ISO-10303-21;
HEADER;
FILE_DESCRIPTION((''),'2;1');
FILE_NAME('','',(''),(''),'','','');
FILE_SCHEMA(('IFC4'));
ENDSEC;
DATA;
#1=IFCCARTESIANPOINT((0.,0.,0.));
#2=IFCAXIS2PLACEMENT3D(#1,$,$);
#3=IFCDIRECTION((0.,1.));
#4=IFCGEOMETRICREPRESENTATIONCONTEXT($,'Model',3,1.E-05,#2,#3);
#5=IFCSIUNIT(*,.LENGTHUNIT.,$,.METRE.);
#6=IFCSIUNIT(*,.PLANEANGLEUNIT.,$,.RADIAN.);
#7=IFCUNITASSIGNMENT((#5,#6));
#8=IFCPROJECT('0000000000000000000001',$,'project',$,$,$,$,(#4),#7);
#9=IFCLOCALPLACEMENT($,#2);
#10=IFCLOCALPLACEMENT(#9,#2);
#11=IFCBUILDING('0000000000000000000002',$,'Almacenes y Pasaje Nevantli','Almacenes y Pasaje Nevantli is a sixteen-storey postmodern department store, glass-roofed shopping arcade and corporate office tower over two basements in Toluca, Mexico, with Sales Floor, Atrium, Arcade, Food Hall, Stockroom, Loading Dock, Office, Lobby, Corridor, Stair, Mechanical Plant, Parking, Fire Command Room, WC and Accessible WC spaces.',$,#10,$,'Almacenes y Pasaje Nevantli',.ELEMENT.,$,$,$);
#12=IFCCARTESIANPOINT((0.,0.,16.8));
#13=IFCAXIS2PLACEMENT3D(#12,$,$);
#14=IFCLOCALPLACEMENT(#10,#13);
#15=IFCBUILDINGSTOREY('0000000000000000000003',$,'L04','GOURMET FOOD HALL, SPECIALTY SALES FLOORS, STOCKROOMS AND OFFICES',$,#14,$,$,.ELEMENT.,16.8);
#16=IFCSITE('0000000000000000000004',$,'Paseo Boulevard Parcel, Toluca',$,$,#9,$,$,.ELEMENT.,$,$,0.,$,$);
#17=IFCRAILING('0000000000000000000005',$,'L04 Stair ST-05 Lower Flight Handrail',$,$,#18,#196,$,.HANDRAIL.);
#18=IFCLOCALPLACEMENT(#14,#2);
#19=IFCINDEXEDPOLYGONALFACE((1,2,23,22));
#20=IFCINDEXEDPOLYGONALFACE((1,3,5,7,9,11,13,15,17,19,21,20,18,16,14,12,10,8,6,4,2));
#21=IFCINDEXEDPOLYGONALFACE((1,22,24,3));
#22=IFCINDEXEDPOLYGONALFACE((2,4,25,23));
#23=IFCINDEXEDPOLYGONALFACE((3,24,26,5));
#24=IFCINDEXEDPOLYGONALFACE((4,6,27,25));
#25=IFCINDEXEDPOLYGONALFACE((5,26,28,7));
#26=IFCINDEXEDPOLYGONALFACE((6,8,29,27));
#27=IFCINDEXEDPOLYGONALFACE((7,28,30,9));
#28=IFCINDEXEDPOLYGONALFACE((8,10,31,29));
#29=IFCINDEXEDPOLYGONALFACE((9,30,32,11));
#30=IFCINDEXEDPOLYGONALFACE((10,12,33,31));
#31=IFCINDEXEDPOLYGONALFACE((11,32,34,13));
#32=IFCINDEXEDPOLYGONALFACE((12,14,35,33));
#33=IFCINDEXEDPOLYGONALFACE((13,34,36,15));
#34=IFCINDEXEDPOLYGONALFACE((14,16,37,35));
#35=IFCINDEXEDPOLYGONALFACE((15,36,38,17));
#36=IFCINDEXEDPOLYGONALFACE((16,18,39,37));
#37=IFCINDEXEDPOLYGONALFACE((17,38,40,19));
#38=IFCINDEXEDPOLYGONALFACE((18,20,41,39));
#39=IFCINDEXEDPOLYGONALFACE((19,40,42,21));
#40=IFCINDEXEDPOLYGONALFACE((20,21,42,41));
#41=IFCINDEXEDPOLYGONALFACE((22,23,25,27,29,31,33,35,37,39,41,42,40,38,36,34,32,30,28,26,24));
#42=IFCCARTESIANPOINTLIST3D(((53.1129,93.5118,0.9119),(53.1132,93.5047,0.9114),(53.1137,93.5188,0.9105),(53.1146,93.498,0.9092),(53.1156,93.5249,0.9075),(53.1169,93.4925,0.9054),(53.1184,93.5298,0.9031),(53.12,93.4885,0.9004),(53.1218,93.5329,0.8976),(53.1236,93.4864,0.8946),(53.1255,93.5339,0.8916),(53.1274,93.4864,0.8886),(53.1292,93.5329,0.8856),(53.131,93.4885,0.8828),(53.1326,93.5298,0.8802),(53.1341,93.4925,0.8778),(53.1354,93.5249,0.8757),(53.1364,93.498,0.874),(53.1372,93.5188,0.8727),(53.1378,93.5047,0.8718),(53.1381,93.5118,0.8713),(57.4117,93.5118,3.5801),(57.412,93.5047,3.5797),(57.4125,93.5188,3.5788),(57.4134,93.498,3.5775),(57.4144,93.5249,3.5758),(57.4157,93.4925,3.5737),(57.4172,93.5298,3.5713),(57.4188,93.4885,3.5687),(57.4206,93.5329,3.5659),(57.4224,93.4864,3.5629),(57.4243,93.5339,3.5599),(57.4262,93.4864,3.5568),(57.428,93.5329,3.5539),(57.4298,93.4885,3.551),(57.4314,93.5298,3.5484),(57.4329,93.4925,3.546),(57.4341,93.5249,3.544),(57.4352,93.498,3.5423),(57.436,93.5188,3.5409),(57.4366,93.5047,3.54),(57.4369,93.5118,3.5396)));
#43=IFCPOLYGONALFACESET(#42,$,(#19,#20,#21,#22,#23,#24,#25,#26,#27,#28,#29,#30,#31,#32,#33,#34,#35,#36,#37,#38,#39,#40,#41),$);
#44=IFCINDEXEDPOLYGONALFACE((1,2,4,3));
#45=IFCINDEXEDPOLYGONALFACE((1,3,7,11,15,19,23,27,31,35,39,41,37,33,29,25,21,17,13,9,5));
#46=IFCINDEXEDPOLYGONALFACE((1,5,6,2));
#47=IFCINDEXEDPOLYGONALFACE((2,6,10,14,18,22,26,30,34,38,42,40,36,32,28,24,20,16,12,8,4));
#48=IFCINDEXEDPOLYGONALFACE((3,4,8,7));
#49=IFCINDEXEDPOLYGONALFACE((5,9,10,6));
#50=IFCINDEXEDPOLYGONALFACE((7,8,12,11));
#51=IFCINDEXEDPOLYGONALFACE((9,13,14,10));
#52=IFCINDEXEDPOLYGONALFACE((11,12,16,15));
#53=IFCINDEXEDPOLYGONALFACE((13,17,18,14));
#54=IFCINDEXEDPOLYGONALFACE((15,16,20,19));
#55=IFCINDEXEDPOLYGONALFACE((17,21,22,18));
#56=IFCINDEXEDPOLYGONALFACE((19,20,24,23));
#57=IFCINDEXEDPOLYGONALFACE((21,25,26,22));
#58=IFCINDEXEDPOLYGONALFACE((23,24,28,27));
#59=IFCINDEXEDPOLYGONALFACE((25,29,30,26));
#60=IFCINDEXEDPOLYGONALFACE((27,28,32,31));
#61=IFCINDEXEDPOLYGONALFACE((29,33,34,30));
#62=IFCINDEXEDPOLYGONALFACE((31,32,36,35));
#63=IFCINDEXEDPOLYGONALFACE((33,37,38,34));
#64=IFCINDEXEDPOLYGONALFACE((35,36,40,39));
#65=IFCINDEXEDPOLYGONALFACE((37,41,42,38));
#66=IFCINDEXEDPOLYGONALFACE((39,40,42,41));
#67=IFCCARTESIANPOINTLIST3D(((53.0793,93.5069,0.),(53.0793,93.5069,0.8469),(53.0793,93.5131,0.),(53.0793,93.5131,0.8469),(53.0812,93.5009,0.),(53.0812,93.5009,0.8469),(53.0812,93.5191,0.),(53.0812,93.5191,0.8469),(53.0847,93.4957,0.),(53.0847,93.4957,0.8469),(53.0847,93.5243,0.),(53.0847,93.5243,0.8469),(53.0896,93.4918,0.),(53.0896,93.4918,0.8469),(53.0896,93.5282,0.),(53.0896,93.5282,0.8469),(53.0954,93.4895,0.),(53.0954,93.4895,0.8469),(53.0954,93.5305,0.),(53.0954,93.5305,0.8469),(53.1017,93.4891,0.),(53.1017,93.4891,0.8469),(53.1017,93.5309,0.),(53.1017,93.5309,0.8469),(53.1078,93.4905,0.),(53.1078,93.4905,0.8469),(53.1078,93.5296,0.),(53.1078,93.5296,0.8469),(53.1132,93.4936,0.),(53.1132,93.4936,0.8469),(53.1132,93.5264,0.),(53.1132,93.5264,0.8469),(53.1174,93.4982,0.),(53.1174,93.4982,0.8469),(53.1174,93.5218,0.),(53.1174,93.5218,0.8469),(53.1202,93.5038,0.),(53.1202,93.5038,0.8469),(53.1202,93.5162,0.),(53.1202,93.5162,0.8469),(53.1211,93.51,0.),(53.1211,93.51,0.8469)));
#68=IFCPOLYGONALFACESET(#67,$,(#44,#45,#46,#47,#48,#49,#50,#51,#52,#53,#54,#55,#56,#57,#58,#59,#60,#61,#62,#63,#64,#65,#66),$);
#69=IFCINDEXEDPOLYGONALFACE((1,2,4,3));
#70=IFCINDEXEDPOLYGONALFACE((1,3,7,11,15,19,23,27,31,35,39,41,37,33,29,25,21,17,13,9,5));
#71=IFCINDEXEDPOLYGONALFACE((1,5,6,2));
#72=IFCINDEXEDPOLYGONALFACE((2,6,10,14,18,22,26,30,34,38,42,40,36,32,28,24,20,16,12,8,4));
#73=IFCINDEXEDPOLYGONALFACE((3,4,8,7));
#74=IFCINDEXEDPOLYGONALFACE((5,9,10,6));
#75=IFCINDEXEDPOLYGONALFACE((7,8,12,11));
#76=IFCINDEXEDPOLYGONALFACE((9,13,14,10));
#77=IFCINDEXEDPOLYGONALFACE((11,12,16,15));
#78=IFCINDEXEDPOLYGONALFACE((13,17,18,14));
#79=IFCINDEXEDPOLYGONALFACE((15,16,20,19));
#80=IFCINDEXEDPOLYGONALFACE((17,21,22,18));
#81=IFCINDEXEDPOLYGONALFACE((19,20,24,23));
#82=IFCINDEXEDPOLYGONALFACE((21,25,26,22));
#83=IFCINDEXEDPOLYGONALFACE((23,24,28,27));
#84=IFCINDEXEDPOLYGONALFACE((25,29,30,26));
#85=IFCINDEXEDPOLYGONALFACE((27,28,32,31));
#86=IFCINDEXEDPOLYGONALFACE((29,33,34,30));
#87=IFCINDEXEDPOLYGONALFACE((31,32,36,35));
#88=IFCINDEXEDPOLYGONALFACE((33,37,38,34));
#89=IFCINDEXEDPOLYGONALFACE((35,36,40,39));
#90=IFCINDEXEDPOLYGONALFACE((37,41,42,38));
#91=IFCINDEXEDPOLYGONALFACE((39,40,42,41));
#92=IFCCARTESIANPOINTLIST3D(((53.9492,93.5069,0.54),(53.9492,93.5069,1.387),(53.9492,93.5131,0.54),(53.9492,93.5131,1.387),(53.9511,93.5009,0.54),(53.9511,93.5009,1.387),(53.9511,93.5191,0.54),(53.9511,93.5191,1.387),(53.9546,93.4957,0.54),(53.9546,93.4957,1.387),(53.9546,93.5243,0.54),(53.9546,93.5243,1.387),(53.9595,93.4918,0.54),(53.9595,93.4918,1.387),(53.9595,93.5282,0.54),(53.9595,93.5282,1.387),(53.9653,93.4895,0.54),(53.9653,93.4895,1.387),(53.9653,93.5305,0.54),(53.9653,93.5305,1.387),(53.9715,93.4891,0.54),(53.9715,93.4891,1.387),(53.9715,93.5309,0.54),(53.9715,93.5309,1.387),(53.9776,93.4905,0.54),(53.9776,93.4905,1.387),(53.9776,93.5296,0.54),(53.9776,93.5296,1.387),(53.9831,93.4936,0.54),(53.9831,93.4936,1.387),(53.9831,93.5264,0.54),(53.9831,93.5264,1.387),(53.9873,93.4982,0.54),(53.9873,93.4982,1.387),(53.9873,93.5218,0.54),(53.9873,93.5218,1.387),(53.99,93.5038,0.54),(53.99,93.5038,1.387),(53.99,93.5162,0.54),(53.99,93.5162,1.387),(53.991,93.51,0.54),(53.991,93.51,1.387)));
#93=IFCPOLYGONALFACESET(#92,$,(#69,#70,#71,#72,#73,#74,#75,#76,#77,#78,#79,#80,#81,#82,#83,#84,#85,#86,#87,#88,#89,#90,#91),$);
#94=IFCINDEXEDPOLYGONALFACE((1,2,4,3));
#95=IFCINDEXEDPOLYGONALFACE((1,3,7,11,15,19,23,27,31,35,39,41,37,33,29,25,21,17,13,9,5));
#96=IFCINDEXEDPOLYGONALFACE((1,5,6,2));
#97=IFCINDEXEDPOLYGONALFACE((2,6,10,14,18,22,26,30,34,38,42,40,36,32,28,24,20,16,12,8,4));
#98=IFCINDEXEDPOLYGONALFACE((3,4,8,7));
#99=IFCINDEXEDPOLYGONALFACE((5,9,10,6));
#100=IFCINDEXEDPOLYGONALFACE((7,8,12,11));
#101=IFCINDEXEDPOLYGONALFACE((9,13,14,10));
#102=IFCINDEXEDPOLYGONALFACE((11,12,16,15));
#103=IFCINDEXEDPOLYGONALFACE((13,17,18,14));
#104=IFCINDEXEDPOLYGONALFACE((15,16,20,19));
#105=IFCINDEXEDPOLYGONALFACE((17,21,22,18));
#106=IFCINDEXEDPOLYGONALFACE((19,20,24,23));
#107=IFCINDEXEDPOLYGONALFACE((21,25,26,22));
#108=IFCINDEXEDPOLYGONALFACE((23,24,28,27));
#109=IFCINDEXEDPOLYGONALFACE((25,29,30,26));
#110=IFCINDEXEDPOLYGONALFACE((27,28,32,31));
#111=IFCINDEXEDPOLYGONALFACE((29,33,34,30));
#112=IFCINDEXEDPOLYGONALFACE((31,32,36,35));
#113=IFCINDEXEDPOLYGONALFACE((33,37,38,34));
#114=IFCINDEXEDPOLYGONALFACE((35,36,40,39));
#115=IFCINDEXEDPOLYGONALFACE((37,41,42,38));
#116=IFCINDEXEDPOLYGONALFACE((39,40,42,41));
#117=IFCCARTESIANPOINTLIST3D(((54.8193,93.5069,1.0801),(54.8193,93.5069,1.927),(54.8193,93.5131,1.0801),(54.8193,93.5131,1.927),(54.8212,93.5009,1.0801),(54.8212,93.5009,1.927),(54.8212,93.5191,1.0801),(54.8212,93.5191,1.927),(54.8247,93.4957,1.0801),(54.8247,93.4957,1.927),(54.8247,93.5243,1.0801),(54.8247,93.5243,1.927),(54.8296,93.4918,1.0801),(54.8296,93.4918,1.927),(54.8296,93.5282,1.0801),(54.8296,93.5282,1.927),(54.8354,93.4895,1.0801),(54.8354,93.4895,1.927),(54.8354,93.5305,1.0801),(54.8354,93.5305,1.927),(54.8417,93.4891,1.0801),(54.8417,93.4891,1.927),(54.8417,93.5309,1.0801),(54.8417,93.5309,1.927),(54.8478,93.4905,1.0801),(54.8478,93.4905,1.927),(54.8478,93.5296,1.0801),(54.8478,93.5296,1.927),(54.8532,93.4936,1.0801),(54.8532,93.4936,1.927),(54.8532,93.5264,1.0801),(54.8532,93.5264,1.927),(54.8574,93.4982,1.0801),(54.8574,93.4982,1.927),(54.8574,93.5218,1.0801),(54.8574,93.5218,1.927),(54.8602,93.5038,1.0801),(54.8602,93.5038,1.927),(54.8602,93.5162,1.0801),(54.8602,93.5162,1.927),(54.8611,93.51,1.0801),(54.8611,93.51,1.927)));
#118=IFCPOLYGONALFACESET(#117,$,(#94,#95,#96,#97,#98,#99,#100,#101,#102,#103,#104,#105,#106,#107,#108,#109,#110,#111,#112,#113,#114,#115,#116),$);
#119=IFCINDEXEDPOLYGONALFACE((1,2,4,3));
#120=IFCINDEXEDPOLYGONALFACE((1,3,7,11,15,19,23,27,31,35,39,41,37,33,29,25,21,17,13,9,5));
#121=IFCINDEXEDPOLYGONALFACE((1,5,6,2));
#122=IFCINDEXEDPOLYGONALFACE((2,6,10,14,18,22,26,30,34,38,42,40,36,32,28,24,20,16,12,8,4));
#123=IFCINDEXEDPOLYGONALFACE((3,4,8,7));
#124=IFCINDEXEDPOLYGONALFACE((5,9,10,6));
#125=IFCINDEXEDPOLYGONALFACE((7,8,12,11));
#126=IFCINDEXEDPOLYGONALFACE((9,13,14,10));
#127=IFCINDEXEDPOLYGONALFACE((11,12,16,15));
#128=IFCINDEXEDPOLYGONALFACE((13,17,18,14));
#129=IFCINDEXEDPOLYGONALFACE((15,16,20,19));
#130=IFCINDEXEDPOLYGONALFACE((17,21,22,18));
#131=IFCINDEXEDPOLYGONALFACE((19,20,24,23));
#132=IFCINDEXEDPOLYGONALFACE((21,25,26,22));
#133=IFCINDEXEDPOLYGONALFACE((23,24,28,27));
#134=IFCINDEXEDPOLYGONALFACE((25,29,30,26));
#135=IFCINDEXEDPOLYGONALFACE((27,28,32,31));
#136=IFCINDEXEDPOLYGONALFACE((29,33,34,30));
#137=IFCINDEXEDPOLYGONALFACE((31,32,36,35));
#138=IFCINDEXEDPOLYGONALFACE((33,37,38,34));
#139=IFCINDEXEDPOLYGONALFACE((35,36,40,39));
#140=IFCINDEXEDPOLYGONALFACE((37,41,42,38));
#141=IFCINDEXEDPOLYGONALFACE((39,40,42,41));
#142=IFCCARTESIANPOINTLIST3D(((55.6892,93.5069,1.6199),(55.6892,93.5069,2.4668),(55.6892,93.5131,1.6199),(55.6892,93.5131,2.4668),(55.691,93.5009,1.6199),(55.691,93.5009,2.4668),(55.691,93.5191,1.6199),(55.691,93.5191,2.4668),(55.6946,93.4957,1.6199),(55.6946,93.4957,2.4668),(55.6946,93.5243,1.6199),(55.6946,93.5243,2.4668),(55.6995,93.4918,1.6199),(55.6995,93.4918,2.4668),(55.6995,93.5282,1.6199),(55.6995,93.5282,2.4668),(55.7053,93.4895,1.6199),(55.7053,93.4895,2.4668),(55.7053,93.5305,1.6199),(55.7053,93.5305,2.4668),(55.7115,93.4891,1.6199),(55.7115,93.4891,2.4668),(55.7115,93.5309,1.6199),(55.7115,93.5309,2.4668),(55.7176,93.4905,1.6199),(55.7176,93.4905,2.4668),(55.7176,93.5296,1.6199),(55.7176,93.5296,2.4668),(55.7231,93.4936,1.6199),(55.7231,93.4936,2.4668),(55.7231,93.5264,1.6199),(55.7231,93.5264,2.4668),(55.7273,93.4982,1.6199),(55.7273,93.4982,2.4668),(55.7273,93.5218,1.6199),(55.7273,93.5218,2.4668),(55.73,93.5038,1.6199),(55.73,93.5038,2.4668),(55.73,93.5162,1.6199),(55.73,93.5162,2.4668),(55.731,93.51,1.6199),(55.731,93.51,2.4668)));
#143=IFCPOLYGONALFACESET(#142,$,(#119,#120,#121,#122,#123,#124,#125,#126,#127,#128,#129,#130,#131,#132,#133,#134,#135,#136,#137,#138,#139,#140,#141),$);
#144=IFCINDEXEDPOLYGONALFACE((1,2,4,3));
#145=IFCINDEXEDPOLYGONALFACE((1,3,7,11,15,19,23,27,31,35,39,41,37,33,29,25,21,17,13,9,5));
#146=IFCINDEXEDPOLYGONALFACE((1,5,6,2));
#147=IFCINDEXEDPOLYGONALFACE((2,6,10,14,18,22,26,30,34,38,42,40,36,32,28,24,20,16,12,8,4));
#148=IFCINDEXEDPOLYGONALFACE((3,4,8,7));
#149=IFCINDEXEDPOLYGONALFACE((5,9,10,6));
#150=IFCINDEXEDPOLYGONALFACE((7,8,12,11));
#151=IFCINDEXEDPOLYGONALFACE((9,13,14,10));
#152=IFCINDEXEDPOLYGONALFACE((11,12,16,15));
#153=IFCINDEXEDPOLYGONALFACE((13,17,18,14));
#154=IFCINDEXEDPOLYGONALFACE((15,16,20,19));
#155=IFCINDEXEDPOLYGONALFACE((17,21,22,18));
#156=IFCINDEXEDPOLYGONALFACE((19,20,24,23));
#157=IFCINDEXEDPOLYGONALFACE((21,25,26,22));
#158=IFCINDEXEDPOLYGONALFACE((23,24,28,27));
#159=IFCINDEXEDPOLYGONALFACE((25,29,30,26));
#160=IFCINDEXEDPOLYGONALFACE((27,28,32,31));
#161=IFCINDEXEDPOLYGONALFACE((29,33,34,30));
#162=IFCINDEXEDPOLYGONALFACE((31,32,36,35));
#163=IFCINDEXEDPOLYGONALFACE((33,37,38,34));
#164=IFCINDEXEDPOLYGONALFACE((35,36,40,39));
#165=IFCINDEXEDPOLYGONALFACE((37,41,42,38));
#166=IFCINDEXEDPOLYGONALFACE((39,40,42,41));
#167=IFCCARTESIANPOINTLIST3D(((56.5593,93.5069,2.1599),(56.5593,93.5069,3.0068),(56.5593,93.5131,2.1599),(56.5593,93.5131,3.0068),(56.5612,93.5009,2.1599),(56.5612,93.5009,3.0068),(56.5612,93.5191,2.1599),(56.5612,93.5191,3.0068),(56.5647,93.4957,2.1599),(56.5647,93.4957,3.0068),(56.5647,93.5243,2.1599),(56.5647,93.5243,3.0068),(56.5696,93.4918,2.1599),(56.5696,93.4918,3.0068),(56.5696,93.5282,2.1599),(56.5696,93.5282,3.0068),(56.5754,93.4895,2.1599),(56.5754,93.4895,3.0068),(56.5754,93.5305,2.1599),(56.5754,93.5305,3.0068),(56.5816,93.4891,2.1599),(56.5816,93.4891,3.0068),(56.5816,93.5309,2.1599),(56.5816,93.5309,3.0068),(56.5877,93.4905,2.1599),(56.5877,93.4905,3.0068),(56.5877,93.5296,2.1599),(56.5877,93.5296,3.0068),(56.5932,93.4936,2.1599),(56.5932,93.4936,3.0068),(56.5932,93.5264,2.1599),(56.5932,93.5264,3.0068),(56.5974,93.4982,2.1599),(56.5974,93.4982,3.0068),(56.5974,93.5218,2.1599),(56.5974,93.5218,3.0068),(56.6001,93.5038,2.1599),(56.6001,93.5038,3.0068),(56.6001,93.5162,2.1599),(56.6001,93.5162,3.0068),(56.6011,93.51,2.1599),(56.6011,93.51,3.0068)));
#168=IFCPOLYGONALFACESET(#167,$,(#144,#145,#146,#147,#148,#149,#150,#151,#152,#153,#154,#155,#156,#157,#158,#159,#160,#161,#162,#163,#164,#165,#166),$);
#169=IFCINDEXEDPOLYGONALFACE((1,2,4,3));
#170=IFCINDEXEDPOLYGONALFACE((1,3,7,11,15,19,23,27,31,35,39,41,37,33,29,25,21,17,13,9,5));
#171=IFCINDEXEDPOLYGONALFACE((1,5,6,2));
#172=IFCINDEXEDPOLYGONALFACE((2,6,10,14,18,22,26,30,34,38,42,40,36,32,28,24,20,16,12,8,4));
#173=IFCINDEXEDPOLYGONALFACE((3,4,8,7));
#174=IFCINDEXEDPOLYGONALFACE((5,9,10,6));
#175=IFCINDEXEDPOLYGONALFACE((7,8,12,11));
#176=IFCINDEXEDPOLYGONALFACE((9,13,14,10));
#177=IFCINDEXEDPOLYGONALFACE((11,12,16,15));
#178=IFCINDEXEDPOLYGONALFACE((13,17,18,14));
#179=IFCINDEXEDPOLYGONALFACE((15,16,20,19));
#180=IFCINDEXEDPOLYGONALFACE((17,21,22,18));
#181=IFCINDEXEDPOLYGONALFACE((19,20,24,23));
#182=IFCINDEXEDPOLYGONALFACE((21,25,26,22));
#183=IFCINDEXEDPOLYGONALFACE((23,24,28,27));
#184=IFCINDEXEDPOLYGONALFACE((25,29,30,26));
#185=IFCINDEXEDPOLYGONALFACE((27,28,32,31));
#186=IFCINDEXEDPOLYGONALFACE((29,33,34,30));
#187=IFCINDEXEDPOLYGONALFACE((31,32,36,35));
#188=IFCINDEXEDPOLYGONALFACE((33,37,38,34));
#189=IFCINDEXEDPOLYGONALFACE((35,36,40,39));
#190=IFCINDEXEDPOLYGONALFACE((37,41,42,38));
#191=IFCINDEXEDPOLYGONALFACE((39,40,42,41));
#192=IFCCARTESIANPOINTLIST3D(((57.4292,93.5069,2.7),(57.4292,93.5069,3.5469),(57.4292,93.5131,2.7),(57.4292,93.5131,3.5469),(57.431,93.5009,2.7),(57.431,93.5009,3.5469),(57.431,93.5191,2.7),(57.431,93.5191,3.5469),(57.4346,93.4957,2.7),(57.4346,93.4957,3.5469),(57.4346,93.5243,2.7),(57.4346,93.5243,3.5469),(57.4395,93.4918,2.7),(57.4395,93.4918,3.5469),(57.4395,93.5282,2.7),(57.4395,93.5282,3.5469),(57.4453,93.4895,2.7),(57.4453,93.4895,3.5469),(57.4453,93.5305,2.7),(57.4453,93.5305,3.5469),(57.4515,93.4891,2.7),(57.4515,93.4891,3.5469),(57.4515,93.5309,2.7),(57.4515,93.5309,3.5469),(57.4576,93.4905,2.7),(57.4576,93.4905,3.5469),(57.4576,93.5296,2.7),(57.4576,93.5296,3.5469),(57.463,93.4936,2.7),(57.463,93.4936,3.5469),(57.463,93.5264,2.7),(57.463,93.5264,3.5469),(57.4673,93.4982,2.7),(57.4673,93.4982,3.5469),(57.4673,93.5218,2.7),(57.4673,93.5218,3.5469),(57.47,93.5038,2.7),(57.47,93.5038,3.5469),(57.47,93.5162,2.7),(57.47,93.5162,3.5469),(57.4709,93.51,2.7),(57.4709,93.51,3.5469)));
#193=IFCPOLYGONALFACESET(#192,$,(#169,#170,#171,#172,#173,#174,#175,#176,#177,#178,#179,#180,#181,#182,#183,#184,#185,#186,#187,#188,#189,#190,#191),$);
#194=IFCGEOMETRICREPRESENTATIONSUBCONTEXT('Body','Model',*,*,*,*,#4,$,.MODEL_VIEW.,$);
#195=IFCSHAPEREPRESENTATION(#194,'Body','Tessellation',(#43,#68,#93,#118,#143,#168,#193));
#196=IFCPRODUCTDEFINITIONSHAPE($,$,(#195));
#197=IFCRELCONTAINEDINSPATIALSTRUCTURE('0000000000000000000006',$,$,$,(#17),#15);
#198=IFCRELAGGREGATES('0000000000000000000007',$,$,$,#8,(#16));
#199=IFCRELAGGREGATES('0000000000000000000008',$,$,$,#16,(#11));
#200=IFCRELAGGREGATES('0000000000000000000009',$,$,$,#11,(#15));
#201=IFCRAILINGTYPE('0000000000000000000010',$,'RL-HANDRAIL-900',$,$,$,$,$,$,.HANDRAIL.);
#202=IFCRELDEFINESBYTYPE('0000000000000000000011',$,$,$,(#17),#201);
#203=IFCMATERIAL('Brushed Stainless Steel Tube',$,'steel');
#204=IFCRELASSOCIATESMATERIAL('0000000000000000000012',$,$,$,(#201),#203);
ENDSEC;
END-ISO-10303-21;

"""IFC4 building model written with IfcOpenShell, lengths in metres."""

from ifc_helpers import new_model, si_unit, direction, frame, origin, origin_2d, place, context, subcontext, project, spatial, circle, extrude, material, type_object, element, save


model = new_model("IFC4")

# Units and contexts
model_context = context("Model", 3, precision=1e-05, world=origin(), true_north=direction((0.0, 1.0)))
body_context = subcontext(model_context, "Body", "Model", "MODEL_VIEW")
ifc_project = project(units=[si_unit("LENGTHUNIT", "METRE"), si_unit("PLANEANGLEUNIT", "RADIAN")], contexts=[model_context])

# Site, building, storey
site_placement = place(None, origin())
site = spatial("IfcSite", under=ifc_project, at=site_placement, Name="Paseo Boulevard Parcel, Toluca", CompositionType="ELEMENT", RefElevation=0.0)
building_placement = place(site_placement, origin())
building = spatial("IfcBuilding", under=site, at=building_placement, Name="Almacenes y Pasaje Nevantli", Description="Almacenes y Pasaje Nevantli is a sixteen-storey postmodern department store, glass-roofed shopping arcade and corporate office tower over two basements in Toluca, Mexico, with Sales Floor, Atrium, Arcade, Food Hall, Stockroom, Loading Dock, Office, Lobby, Corridor, Stair, Mechanical Plant, Parking, Fire Command Room, WC and Accessible WC spaces.", LongName="Almacenes y Pasaje Nevantli", CompositionType="ELEMENT")
storey_placement = place(building_placement, frame((0.0, 0.0, 16.8)))
storey = spatial("IfcBuildingStorey", under=building, at=storey_placement, Name="L04", Description="GOURMET FOOD HALL, SPECIALTY SALES FLOORS, STOCKROOMS AND OFFICES", CompositionType="ELEMENT", Elevation=16.8)

# Railing
ifc_material_1 = material(Name="Brushed Stainless Steel Tube", Category="steel")
railing_type_1 = type_object("IfcRailingType", Name="RL-HANDRAIL-900", PredefinedType="HANDRAIL", material=ifc_material_1)
railing_1_placement = place(storey_placement, frame((53.1001, 93.51, 0.0)))
element("IfcRailing", 1, at=railing_1_placement, inside=storey, type_object=railing_type_1, Name="L04 Stair ST-05 Lower Flight Handrail", PredefinedType="HANDRAIL", context=body_context, shape_type="SweptSolid", body=[
    extrude(circle(Radius=0.0239, at=origin_2d()), frame((0.0254, 0.0, 0.8916), z_axis=(0.849636, 0.0, 0.527369), x_axis=(0.0, 1.0, 0.0)), (0.0, 0.0, 1.0), 5.0596),
    extrude(circle(Radius=0.021, at=origin_2d()), origin(), (0.0, 0.0, 1.0), 0.8469),
    extrude(circle(Radius=0.021, at=origin_2d()), frame((0.8699, 0.0, 0.54)), (0.0, 0.0, 1.0), 0.8469),
    extrude(circle(Radius=0.021, at=origin_2d()), frame((1.74, 0.0, 1.0801)), (0.0, 0.0, 1.0), 0.8469),
    extrude(circle(Radius=0.021, at=origin_2d()), frame((2.6099, 0.0, 1.6199)), (0.0, 0.0, 1.0), 0.8469),
    extrude(circle(Radius=0.021, at=origin_2d()), frame((3.48, 0.0, 2.1599)), (0.0, 0.0, 1.0), 0.8469),
    extrude(circle(Radius=0.021, at=origin_2d()), frame((4.3499, 0.0, 2.7)), (0.0, 0.0, 1.0), 0.8469),
])

save(model, "model.ifc")
